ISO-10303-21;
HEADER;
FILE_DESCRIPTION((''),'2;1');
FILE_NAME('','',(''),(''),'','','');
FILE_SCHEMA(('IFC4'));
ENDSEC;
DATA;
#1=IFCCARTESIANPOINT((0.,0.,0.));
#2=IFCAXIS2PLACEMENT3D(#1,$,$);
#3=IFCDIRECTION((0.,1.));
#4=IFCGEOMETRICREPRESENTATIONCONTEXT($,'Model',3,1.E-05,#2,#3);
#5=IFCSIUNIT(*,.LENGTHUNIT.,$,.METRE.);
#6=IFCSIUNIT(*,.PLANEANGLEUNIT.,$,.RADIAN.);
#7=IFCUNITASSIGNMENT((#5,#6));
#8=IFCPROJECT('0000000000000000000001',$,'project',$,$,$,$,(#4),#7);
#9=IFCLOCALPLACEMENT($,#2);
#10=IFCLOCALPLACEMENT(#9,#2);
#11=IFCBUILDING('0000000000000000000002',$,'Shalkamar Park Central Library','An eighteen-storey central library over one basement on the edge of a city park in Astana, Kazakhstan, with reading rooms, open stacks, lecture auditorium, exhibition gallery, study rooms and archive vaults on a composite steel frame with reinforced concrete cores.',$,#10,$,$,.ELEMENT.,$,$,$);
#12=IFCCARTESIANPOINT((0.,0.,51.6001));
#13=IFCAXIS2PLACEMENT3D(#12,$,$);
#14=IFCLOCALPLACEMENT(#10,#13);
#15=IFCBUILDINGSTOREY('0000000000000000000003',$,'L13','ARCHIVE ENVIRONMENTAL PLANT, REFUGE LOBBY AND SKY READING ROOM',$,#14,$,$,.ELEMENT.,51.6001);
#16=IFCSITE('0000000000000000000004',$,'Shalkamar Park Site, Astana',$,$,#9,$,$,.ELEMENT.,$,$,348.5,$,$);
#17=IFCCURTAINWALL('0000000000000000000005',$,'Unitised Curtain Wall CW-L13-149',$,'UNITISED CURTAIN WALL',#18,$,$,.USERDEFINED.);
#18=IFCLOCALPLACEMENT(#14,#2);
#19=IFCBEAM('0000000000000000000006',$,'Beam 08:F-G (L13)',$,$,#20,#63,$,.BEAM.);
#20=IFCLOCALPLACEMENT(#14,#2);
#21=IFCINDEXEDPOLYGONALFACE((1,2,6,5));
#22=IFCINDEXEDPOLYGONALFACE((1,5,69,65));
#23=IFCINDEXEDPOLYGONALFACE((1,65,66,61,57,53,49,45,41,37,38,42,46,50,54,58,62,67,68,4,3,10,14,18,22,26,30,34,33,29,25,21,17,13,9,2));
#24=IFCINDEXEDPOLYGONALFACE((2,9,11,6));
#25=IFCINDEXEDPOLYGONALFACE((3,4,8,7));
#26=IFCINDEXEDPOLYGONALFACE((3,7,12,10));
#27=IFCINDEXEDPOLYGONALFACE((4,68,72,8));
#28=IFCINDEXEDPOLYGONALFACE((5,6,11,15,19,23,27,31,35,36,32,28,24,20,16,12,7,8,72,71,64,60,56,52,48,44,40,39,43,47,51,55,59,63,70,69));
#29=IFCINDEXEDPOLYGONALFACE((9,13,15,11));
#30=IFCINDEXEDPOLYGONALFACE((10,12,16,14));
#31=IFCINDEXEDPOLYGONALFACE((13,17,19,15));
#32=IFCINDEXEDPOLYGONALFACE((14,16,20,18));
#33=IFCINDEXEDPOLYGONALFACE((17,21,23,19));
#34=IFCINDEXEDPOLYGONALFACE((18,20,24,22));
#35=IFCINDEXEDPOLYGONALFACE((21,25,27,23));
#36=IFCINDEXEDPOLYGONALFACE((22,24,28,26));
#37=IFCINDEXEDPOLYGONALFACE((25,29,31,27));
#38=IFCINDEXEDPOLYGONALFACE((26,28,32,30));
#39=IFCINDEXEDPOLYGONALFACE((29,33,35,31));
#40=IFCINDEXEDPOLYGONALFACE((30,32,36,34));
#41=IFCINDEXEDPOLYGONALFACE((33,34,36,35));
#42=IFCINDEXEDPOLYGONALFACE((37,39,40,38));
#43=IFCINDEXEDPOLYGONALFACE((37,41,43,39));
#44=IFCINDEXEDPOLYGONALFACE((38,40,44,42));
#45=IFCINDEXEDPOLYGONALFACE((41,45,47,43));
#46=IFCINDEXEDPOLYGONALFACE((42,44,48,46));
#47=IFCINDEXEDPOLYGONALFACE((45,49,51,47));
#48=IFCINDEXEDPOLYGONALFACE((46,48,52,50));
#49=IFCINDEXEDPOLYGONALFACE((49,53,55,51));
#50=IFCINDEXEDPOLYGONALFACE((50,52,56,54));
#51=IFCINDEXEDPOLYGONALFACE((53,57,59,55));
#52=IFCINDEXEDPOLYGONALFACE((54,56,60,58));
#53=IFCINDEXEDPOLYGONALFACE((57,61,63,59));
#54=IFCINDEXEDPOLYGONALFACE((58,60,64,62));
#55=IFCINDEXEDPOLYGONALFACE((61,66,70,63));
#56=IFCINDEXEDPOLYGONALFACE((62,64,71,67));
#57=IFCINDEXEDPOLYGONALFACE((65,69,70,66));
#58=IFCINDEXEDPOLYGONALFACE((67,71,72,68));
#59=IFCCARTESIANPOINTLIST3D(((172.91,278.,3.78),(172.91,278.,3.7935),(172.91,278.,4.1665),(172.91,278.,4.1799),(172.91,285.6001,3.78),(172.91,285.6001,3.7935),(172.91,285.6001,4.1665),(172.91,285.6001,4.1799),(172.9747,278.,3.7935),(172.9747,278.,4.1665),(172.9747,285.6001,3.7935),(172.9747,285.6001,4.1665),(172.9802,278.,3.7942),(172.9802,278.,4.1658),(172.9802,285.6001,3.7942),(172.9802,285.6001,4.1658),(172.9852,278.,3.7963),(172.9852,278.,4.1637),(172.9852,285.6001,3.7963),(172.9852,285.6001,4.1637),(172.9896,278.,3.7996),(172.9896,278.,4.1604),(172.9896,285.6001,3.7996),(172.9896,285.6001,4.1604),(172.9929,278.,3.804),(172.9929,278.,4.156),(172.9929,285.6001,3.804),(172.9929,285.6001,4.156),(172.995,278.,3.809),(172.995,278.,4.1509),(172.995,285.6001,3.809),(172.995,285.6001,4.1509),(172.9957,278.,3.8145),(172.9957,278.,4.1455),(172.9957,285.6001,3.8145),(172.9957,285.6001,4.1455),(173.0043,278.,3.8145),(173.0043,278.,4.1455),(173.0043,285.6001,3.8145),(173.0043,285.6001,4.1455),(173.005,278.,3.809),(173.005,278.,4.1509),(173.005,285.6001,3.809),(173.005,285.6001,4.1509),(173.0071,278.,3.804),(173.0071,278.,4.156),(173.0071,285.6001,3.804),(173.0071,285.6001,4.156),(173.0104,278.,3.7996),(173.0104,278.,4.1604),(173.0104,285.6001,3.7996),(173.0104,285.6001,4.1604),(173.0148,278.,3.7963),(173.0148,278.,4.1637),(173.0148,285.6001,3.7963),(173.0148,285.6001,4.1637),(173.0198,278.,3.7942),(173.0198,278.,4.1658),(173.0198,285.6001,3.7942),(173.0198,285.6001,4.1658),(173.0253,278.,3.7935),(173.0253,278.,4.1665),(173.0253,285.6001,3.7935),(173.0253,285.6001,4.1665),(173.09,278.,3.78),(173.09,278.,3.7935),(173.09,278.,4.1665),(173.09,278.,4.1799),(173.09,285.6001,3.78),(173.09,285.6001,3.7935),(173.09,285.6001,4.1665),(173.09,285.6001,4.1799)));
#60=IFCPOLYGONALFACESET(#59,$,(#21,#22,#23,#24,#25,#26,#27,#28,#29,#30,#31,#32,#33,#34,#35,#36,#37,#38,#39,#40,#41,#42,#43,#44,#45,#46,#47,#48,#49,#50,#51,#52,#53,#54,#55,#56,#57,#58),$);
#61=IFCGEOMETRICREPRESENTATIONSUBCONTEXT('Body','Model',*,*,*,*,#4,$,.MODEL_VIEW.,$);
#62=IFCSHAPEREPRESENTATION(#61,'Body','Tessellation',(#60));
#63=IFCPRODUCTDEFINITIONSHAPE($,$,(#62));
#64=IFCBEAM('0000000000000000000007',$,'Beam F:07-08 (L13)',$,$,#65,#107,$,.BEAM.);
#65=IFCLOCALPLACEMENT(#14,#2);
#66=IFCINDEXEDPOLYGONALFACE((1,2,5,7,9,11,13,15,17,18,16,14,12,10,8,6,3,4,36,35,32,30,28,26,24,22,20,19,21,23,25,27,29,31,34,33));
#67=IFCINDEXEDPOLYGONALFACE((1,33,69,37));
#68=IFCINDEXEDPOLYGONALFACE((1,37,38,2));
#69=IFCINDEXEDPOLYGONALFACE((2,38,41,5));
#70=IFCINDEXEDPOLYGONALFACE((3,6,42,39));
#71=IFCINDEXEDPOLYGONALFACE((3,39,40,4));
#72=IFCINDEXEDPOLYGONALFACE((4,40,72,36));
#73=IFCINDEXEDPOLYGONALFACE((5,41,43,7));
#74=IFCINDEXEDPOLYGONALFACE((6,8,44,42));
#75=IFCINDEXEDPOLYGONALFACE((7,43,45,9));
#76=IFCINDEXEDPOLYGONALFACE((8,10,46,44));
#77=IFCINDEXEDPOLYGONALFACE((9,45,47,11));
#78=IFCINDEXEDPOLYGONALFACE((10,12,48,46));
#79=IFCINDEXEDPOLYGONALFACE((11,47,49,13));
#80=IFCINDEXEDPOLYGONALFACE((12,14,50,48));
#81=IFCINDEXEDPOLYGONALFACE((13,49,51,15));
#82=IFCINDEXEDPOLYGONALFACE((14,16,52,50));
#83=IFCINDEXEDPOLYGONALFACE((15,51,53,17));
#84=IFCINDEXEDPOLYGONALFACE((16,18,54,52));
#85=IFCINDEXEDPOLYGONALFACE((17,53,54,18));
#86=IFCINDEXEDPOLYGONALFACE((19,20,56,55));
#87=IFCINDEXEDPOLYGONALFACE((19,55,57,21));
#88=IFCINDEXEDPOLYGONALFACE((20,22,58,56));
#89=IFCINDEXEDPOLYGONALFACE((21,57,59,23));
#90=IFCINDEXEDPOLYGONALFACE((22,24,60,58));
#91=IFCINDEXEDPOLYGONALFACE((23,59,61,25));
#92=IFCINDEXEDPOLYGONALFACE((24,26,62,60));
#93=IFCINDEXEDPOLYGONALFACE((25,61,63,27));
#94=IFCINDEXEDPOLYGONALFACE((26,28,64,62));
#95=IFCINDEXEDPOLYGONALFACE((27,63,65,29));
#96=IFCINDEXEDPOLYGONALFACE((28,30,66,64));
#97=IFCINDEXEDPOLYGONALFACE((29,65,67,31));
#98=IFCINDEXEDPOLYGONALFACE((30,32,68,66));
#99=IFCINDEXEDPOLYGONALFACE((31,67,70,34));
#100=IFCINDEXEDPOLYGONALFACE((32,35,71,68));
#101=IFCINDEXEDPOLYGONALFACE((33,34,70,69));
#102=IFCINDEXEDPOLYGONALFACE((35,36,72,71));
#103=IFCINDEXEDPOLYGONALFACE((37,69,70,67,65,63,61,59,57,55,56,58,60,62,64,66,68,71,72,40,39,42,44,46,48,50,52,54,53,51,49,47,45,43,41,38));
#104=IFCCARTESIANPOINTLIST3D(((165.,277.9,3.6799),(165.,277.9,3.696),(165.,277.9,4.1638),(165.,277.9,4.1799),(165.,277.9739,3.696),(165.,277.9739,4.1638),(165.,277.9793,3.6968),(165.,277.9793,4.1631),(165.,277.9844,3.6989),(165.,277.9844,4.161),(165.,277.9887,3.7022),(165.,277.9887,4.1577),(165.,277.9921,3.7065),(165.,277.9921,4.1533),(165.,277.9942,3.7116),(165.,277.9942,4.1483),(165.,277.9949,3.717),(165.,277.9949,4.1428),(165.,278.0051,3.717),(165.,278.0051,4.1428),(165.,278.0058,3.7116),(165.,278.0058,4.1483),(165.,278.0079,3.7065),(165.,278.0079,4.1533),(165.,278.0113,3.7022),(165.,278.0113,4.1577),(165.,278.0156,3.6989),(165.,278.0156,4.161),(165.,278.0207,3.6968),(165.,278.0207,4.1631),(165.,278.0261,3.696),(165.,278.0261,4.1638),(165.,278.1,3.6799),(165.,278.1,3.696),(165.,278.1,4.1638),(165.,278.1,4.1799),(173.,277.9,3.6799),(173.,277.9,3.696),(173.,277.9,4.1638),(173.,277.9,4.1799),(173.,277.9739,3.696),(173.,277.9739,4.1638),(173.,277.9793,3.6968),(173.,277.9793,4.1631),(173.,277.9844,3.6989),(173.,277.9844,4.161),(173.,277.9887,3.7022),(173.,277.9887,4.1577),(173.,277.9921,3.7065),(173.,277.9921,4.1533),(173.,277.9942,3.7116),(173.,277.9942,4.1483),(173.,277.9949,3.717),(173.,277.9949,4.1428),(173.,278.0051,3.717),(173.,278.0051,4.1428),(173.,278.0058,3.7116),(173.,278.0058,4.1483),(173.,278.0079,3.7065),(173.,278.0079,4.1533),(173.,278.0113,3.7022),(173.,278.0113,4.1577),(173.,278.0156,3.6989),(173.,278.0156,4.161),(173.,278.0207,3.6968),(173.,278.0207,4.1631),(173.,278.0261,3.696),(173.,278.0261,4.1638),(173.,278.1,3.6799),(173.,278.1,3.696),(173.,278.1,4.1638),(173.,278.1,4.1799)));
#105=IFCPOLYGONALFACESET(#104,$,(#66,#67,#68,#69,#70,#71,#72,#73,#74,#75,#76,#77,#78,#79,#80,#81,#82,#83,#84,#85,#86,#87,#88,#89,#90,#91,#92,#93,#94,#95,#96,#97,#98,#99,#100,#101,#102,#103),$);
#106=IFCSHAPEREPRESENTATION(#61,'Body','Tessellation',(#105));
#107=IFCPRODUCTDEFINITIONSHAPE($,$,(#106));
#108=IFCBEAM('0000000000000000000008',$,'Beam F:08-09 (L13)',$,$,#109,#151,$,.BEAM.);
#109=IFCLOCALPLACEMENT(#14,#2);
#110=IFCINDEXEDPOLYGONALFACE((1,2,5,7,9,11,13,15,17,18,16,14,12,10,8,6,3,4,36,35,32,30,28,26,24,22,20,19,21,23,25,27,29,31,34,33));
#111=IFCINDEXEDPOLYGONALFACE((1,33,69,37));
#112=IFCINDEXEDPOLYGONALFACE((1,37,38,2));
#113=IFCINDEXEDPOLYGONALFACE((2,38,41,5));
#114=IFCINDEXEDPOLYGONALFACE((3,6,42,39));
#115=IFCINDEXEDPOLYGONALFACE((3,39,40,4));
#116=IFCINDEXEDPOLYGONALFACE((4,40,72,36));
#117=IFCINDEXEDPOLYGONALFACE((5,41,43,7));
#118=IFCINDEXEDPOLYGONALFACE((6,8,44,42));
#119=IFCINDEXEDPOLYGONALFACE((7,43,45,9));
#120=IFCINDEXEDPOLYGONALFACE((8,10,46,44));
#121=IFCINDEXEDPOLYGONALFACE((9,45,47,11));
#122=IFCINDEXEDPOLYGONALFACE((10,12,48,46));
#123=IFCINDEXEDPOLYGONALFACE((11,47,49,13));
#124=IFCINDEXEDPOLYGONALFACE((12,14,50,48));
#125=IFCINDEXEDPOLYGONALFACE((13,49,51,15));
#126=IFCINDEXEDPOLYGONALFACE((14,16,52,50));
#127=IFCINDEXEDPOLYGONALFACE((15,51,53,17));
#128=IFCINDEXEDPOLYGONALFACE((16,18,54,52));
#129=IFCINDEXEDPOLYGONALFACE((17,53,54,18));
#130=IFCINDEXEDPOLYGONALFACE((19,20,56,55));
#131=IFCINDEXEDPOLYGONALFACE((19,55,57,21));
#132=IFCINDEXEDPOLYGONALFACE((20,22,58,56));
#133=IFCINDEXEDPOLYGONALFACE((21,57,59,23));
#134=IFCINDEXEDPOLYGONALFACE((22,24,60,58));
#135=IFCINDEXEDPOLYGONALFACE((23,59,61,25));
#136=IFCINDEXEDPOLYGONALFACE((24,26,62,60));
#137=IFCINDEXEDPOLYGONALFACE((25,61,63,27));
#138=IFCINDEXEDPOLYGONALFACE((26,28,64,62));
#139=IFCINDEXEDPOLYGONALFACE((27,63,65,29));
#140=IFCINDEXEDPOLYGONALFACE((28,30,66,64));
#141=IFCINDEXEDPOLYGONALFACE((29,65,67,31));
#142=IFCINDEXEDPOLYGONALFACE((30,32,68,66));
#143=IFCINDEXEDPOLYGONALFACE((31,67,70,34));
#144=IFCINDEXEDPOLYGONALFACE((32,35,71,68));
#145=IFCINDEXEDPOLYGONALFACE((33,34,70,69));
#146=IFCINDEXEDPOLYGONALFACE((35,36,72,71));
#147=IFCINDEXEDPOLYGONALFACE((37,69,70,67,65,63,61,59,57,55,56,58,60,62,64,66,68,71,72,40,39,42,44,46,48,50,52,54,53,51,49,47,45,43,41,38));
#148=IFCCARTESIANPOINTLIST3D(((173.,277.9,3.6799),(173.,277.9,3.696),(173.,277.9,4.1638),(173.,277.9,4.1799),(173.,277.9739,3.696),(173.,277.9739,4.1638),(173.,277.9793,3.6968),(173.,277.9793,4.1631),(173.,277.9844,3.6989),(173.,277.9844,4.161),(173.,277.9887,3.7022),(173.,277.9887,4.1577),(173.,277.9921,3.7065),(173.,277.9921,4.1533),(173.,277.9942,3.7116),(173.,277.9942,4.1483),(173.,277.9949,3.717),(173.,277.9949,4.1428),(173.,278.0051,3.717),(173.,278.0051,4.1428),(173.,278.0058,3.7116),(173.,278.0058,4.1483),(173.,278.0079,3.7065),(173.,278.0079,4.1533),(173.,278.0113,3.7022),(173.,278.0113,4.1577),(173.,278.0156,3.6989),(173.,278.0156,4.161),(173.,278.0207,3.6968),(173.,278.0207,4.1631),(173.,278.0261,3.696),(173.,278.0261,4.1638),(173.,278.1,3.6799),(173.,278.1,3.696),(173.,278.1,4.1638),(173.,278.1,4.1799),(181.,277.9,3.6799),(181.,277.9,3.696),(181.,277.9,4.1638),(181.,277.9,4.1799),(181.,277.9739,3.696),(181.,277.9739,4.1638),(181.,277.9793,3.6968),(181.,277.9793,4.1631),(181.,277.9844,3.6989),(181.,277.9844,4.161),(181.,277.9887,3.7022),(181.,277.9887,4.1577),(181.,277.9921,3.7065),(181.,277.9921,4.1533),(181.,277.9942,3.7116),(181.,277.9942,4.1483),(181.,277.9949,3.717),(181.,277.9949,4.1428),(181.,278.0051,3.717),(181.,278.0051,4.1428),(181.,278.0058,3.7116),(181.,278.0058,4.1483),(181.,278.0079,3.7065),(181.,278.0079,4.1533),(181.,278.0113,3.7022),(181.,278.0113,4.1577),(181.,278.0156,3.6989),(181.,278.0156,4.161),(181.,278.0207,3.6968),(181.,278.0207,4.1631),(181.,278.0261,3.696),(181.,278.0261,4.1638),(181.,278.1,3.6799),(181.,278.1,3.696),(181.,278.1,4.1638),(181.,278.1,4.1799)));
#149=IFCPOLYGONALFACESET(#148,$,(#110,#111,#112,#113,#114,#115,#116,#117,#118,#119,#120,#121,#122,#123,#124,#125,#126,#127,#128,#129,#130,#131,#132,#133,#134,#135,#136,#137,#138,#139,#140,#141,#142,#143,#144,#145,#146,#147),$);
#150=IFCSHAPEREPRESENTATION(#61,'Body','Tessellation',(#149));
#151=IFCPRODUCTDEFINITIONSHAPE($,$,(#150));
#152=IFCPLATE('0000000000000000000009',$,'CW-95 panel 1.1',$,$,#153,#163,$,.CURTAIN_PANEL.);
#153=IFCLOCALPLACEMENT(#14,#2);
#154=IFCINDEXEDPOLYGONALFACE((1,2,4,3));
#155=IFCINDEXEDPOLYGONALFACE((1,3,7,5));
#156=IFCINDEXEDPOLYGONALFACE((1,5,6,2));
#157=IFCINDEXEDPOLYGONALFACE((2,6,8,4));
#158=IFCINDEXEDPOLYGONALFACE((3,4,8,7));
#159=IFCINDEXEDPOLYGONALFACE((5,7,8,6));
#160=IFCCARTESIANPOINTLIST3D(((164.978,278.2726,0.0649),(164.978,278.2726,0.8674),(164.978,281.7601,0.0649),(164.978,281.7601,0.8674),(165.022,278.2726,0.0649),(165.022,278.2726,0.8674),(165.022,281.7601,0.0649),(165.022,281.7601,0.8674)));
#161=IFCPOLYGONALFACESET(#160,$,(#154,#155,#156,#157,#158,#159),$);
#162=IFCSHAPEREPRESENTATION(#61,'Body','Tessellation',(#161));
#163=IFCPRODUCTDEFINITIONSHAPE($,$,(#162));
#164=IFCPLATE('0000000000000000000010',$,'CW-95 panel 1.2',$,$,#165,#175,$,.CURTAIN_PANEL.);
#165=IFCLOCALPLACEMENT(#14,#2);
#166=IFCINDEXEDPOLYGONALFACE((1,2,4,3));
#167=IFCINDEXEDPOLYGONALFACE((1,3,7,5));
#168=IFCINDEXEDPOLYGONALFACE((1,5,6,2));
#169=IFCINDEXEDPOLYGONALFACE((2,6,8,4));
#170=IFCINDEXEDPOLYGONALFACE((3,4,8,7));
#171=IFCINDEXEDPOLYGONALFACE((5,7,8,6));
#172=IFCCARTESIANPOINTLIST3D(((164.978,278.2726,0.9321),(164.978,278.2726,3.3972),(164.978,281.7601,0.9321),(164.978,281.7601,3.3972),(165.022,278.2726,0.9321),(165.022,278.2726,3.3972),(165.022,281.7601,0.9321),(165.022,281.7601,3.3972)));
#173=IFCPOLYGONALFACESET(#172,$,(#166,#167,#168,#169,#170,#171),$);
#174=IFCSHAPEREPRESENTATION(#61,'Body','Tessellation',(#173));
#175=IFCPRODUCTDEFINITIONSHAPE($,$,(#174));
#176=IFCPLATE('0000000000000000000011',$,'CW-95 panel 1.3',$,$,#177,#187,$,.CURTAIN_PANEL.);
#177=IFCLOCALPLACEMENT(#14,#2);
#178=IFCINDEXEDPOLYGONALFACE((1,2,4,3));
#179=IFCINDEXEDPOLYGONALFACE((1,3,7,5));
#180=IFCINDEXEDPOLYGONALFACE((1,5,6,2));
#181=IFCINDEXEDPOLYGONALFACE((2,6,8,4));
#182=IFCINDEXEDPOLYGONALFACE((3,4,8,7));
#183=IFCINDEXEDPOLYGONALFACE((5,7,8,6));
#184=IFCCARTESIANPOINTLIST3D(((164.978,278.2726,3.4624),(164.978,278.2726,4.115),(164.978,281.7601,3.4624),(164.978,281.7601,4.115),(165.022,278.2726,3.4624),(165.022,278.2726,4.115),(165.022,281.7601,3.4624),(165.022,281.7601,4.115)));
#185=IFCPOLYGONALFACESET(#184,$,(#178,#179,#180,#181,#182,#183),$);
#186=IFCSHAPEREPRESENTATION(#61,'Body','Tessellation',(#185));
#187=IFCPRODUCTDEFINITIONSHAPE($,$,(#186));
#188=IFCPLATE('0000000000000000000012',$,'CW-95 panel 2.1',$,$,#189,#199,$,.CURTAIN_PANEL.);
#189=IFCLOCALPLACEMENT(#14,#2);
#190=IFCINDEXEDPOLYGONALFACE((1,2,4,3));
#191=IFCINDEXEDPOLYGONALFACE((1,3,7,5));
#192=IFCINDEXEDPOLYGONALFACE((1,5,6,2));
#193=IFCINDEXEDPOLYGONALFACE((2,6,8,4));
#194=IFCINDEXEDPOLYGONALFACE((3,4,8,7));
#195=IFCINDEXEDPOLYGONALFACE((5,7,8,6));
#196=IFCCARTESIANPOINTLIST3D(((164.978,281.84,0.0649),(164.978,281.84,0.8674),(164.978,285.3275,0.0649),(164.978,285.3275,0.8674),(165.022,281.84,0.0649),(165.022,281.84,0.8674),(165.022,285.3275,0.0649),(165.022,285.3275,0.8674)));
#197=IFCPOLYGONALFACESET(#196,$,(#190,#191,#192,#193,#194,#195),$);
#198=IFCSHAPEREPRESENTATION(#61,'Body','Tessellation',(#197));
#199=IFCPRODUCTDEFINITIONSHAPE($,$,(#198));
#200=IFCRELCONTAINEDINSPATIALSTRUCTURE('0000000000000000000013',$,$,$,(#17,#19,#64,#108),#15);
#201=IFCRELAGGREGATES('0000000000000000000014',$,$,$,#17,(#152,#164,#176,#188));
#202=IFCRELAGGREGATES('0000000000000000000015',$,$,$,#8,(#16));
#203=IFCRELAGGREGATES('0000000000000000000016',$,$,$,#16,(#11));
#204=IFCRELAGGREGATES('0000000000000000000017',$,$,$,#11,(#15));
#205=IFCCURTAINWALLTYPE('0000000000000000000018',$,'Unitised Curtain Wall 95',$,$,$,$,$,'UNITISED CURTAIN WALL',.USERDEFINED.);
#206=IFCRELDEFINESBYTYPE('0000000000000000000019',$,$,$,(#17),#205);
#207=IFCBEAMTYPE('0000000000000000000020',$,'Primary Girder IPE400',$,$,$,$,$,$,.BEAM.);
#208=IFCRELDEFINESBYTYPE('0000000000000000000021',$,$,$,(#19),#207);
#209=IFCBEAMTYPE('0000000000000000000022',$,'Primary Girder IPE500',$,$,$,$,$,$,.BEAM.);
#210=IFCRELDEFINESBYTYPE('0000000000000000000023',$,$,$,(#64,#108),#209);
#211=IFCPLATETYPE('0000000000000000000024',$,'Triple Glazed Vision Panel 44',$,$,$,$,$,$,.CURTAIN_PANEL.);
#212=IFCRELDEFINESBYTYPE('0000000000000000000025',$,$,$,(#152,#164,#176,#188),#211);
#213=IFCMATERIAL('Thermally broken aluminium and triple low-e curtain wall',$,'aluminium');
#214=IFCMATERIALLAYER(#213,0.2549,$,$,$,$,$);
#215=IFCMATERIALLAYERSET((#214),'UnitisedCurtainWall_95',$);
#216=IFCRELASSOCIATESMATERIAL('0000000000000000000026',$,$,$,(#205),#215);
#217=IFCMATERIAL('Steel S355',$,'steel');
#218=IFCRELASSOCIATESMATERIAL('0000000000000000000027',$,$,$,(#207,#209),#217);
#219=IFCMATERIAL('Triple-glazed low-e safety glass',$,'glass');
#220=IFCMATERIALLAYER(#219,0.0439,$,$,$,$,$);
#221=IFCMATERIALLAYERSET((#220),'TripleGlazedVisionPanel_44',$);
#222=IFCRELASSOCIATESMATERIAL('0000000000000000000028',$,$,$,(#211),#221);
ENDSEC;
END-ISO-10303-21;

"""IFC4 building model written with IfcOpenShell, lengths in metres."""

from ifc_helpers import new_model, si_unit, direction, frame, origin, origin_2d, place, context, subcontext, project, spatial, rectangle, i_section, extrude, material, layer, layer_set, material_profile, profile_set, type_object, element, aggregate, save


model = new_model("IFC4")

# Units and contexts
model_context = context("Model", 3, precision=1e-05, world=origin(), true_north=direction((0.0, 1.0)))
body_context = subcontext(model_context, "Body", "Model", "MODEL_VIEW")
ifc_project = project(units=[si_unit("LENGTHUNIT", "METRE"), si_unit("PLANEANGLEUNIT", "RADIAN")], contexts=[model_context])

# Site, building, storey
site_placement = place(None, origin())
site = spatial("IfcSite", under=ifc_project, at=site_placement, Name="Shalkamar Park Site, Astana", CompositionType="ELEMENT", RefElevation=348.5)
building_placement = place(site_placement, origin())
building = spatial("IfcBuilding", under=site, at=building_placement, Name="Shalkamar Park Central Library", Description="An eighteen-storey central library over one basement on the edge of a city park in Astana, Kazakhstan, with reading rooms, open stacks, lecture auditorium, exhibition gallery, study rooms and archive vaults on a composite steel frame with reinforced concrete cores.", CompositionType="ELEMENT")
storey_placement = place(building_placement, frame((0.0, 0.0, 51.6001)))
storey = spatial("IfcBuildingStorey", under=building, at=storey_placement, Name="L13", Description="ARCHIVE ENVIRONMENTAL PLANT, REFUGE LOBBY AND SKY READING ROOM", CompositionType="ELEMENT", Elevation=51.6001)

# Shared definitions
ifc_material_1 = material(Name="Steel S355", Category="steel")

# Curtain wall
ifc_material_2 = material(Name="Thermally broken aluminium and triple low-e curtain wall", Category="aluminium")
ifc_layer_1 = layer(ifc_material_2, 0.2549)
ifc_layer_set_1 = layer_set([ifc_layer_1], Name="UnitisedCurtainWall_95")
curtain_wall_type = type_object("IfcCurtainWallType", Name="Unitised Curtain Wall 95", ElementType="UNITISED CURTAIN WALL", PredefinedType="USERDEFINED", material=ifc_layer_set_1)
curtain_wall_placement = place(storey_placement, origin())
curtain_wall = element("IfcCurtainWall", 1, at=curtain_wall_placement, inside=storey, type_object=curtain_wall_type, Name="Unitised Curtain Wall CW-L13-149", ObjectType="UNITISED CURTAIN WALL", PredefinedType="USERDEFINED")

# Beams
ifc_material_profile_1 = material_profile(ifc_material_1, i_section(OverallWidth=0.1799, OverallDepth=0.3999, WebThickness=0.0085, FlangeThickness=0.0134, FilletRadius=0.021, at=origin_2d()), Name="IPE 400")
ifc_profile_set_1 = profile_set([ifc_material_profile_1], Name="Steel S355")
beam_type_1 = type_object("IfcBeamType", Name="Primary Girder IPE400", PredefinedType="BEAM", material=ifc_profile_set_1)
beam_1_placement = place(storey_placement, frame((173.0, 278.0, 3.98), z_axis=(0.0, 1.0, 0.0), x_axis=(-1.0, 0.0, 0.0)))
element("IfcBeam", 2, at=beam_1_placement, inside=storey, type_object=beam_type_1, Name="Beam 08:F-G (L13)", PredefinedType="BEAM", context=body_context, shape_type="SweptSolid", body=[
    extrude(i_section(OverallWidth=0.1799, OverallDepth=0.3999, WebThickness=0.0085, FlangeThickness=0.0134, FilletRadius=0.021, at=origin_2d()), origin(), (0.0, 0.0, 1.0), 7.6001),
])
ifc_material_profile_2 = material_profile(ifc_material_1, i_section(OverallWidth=0.2, OverallDepth=0.5, WebThickness=0.0103, FlangeThickness=0.0161, FilletRadius=0.021, at=origin_2d()), Name="IPE 500")
ifc_profile_set_2 = profile_set([ifc_material_profile_2], Name="Steel S355")
beam_type_2 = type_object("IfcBeamType", Name="Primary Girder IPE500", PredefinedType="BEAM", material=ifc_profile_set_2)
for number, where, z_axis, x_axis, name in (
    (3, (165.0, 278.0, 3.9299), (1.0, 0.0, 0.0), (0.0, 1.0, 0.0), "Beam F:07-08 (L13)"),
    (4, (173.0, 278.0, 3.9299), (1.0, 0.0, 0.0), (0.0, 1.0, 0.0), "Beam F:08-09 (L13)"),
):
    element("IfcBeam", number, at=place(storey_placement, frame(where, z_axis=z_axis, x_axis=x_axis)), inside=storey, type_object=beam_type_2, Name=name, PredefinedType="BEAM", context=body_context, shape_type="SweptSolid", body=[
        extrude(i_section(OverallWidth=0.2, OverallDepth=0.5, WebThickness=0.0103, FlangeThickness=0.0161, FilletRadius=0.021, at=origin_2d()), origin(), (0.0, 0.0, 1.0), 8.0),
    ])

# Plates
ifc_material_3 = material(Name="Triple-glazed low-e safety glass", Category="glass")
ifc_layer_2 = layer(ifc_material_3, 0.0439)
ifc_layer_set_2 = layer_set([ifc_layer_2], Name="TripleGlazedVisionPanel_44")
plate_type = type_object("IfcPlateType", Name="Triple Glazed Vision Panel 44", PredefinedType="CURTAIN_PANEL", material=ifc_layer_set_2)
plate_1_placement = place(storey_placement, frame((165.0, 280.0164, 0.0649), z_axis=(0.0, 0.0, 1.0), x_axis=(0.0, 1.0, 0.0)))
plate_1 = element("IfcPlate", 5, at=plate_1_placement, type_object=plate_type, Name="CW-95 panel 1.1", PredefinedType="CURTAIN_PANEL", context=body_context, shape_type="SweptSolid", body=[
    extrude(rectangle(XDim=3.4875, YDim=0.0439, at=origin_2d()), origin(), (0.0, 0.0, 1.0), 0.8025),
])
plate_2_placement = place(storey_placement, frame((165.0, 280.0164, 0.9321), z_axis=(0.0, 0.0, 1.0), x_axis=(0.0, 1.0, 0.0)))
plate_2 = element("IfcPlate", 6, at=plate_2_placement, type_object=plate_type, Name="CW-95 panel 1.2", PredefinedType="CURTAIN_PANEL", context=body_context, shape_type="SweptSolid", body=[
    extrude(rectangle(XDim=3.4875, YDim=0.0439, at=origin_2d()), origin(), (0.0, 0.0, 1.0), 2.4651),
])
plate_3_placement = place(storey_placement, frame((165.0, 280.0164, 3.4624), z_axis=(0.0, 0.0, 1.0), x_axis=(0.0, 1.0, 0.0)))
plate_3 = element("IfcPlate", 7, at=plate_3_placement, type_object=plate_type, Name="CW-95 panel 1.3", PredefinedType="CURTAIN_PANEL", context=body_context, shape_type="SweptSolid", body=[
    extrude(rectangle(XDim=3.4875, YDim=0.0439, at=origin_2d()), origin(), (0.0, 0.0, 1.0), 0.6526),
])
plate_4_placement = place(storey_placement, frame((165.0, 283.5837, 0.0649), z_axis=(0.0, 0.0, 1.0), x_axis=(0.0, 1.0, 0.0)))
plate_4 = element("IfcPlate", 8, at=plate_4_placement, type_object=plate_type, Name="CW-95 panel 2.1", PredefinedType="CURTAIN_PANEL", context=body_context, shape_type="SweptSolid", body=[
    extrude(rectangle(XDim=3.4875, YDim=0.0439, at=origin_2d()), origin(), (0.0, 0.0, 1.0), 0.8025),
])
aggregate(curtain_wall, [plate_1, plate_2, plate_3, plate_4])

save(model, "model.ifc")
